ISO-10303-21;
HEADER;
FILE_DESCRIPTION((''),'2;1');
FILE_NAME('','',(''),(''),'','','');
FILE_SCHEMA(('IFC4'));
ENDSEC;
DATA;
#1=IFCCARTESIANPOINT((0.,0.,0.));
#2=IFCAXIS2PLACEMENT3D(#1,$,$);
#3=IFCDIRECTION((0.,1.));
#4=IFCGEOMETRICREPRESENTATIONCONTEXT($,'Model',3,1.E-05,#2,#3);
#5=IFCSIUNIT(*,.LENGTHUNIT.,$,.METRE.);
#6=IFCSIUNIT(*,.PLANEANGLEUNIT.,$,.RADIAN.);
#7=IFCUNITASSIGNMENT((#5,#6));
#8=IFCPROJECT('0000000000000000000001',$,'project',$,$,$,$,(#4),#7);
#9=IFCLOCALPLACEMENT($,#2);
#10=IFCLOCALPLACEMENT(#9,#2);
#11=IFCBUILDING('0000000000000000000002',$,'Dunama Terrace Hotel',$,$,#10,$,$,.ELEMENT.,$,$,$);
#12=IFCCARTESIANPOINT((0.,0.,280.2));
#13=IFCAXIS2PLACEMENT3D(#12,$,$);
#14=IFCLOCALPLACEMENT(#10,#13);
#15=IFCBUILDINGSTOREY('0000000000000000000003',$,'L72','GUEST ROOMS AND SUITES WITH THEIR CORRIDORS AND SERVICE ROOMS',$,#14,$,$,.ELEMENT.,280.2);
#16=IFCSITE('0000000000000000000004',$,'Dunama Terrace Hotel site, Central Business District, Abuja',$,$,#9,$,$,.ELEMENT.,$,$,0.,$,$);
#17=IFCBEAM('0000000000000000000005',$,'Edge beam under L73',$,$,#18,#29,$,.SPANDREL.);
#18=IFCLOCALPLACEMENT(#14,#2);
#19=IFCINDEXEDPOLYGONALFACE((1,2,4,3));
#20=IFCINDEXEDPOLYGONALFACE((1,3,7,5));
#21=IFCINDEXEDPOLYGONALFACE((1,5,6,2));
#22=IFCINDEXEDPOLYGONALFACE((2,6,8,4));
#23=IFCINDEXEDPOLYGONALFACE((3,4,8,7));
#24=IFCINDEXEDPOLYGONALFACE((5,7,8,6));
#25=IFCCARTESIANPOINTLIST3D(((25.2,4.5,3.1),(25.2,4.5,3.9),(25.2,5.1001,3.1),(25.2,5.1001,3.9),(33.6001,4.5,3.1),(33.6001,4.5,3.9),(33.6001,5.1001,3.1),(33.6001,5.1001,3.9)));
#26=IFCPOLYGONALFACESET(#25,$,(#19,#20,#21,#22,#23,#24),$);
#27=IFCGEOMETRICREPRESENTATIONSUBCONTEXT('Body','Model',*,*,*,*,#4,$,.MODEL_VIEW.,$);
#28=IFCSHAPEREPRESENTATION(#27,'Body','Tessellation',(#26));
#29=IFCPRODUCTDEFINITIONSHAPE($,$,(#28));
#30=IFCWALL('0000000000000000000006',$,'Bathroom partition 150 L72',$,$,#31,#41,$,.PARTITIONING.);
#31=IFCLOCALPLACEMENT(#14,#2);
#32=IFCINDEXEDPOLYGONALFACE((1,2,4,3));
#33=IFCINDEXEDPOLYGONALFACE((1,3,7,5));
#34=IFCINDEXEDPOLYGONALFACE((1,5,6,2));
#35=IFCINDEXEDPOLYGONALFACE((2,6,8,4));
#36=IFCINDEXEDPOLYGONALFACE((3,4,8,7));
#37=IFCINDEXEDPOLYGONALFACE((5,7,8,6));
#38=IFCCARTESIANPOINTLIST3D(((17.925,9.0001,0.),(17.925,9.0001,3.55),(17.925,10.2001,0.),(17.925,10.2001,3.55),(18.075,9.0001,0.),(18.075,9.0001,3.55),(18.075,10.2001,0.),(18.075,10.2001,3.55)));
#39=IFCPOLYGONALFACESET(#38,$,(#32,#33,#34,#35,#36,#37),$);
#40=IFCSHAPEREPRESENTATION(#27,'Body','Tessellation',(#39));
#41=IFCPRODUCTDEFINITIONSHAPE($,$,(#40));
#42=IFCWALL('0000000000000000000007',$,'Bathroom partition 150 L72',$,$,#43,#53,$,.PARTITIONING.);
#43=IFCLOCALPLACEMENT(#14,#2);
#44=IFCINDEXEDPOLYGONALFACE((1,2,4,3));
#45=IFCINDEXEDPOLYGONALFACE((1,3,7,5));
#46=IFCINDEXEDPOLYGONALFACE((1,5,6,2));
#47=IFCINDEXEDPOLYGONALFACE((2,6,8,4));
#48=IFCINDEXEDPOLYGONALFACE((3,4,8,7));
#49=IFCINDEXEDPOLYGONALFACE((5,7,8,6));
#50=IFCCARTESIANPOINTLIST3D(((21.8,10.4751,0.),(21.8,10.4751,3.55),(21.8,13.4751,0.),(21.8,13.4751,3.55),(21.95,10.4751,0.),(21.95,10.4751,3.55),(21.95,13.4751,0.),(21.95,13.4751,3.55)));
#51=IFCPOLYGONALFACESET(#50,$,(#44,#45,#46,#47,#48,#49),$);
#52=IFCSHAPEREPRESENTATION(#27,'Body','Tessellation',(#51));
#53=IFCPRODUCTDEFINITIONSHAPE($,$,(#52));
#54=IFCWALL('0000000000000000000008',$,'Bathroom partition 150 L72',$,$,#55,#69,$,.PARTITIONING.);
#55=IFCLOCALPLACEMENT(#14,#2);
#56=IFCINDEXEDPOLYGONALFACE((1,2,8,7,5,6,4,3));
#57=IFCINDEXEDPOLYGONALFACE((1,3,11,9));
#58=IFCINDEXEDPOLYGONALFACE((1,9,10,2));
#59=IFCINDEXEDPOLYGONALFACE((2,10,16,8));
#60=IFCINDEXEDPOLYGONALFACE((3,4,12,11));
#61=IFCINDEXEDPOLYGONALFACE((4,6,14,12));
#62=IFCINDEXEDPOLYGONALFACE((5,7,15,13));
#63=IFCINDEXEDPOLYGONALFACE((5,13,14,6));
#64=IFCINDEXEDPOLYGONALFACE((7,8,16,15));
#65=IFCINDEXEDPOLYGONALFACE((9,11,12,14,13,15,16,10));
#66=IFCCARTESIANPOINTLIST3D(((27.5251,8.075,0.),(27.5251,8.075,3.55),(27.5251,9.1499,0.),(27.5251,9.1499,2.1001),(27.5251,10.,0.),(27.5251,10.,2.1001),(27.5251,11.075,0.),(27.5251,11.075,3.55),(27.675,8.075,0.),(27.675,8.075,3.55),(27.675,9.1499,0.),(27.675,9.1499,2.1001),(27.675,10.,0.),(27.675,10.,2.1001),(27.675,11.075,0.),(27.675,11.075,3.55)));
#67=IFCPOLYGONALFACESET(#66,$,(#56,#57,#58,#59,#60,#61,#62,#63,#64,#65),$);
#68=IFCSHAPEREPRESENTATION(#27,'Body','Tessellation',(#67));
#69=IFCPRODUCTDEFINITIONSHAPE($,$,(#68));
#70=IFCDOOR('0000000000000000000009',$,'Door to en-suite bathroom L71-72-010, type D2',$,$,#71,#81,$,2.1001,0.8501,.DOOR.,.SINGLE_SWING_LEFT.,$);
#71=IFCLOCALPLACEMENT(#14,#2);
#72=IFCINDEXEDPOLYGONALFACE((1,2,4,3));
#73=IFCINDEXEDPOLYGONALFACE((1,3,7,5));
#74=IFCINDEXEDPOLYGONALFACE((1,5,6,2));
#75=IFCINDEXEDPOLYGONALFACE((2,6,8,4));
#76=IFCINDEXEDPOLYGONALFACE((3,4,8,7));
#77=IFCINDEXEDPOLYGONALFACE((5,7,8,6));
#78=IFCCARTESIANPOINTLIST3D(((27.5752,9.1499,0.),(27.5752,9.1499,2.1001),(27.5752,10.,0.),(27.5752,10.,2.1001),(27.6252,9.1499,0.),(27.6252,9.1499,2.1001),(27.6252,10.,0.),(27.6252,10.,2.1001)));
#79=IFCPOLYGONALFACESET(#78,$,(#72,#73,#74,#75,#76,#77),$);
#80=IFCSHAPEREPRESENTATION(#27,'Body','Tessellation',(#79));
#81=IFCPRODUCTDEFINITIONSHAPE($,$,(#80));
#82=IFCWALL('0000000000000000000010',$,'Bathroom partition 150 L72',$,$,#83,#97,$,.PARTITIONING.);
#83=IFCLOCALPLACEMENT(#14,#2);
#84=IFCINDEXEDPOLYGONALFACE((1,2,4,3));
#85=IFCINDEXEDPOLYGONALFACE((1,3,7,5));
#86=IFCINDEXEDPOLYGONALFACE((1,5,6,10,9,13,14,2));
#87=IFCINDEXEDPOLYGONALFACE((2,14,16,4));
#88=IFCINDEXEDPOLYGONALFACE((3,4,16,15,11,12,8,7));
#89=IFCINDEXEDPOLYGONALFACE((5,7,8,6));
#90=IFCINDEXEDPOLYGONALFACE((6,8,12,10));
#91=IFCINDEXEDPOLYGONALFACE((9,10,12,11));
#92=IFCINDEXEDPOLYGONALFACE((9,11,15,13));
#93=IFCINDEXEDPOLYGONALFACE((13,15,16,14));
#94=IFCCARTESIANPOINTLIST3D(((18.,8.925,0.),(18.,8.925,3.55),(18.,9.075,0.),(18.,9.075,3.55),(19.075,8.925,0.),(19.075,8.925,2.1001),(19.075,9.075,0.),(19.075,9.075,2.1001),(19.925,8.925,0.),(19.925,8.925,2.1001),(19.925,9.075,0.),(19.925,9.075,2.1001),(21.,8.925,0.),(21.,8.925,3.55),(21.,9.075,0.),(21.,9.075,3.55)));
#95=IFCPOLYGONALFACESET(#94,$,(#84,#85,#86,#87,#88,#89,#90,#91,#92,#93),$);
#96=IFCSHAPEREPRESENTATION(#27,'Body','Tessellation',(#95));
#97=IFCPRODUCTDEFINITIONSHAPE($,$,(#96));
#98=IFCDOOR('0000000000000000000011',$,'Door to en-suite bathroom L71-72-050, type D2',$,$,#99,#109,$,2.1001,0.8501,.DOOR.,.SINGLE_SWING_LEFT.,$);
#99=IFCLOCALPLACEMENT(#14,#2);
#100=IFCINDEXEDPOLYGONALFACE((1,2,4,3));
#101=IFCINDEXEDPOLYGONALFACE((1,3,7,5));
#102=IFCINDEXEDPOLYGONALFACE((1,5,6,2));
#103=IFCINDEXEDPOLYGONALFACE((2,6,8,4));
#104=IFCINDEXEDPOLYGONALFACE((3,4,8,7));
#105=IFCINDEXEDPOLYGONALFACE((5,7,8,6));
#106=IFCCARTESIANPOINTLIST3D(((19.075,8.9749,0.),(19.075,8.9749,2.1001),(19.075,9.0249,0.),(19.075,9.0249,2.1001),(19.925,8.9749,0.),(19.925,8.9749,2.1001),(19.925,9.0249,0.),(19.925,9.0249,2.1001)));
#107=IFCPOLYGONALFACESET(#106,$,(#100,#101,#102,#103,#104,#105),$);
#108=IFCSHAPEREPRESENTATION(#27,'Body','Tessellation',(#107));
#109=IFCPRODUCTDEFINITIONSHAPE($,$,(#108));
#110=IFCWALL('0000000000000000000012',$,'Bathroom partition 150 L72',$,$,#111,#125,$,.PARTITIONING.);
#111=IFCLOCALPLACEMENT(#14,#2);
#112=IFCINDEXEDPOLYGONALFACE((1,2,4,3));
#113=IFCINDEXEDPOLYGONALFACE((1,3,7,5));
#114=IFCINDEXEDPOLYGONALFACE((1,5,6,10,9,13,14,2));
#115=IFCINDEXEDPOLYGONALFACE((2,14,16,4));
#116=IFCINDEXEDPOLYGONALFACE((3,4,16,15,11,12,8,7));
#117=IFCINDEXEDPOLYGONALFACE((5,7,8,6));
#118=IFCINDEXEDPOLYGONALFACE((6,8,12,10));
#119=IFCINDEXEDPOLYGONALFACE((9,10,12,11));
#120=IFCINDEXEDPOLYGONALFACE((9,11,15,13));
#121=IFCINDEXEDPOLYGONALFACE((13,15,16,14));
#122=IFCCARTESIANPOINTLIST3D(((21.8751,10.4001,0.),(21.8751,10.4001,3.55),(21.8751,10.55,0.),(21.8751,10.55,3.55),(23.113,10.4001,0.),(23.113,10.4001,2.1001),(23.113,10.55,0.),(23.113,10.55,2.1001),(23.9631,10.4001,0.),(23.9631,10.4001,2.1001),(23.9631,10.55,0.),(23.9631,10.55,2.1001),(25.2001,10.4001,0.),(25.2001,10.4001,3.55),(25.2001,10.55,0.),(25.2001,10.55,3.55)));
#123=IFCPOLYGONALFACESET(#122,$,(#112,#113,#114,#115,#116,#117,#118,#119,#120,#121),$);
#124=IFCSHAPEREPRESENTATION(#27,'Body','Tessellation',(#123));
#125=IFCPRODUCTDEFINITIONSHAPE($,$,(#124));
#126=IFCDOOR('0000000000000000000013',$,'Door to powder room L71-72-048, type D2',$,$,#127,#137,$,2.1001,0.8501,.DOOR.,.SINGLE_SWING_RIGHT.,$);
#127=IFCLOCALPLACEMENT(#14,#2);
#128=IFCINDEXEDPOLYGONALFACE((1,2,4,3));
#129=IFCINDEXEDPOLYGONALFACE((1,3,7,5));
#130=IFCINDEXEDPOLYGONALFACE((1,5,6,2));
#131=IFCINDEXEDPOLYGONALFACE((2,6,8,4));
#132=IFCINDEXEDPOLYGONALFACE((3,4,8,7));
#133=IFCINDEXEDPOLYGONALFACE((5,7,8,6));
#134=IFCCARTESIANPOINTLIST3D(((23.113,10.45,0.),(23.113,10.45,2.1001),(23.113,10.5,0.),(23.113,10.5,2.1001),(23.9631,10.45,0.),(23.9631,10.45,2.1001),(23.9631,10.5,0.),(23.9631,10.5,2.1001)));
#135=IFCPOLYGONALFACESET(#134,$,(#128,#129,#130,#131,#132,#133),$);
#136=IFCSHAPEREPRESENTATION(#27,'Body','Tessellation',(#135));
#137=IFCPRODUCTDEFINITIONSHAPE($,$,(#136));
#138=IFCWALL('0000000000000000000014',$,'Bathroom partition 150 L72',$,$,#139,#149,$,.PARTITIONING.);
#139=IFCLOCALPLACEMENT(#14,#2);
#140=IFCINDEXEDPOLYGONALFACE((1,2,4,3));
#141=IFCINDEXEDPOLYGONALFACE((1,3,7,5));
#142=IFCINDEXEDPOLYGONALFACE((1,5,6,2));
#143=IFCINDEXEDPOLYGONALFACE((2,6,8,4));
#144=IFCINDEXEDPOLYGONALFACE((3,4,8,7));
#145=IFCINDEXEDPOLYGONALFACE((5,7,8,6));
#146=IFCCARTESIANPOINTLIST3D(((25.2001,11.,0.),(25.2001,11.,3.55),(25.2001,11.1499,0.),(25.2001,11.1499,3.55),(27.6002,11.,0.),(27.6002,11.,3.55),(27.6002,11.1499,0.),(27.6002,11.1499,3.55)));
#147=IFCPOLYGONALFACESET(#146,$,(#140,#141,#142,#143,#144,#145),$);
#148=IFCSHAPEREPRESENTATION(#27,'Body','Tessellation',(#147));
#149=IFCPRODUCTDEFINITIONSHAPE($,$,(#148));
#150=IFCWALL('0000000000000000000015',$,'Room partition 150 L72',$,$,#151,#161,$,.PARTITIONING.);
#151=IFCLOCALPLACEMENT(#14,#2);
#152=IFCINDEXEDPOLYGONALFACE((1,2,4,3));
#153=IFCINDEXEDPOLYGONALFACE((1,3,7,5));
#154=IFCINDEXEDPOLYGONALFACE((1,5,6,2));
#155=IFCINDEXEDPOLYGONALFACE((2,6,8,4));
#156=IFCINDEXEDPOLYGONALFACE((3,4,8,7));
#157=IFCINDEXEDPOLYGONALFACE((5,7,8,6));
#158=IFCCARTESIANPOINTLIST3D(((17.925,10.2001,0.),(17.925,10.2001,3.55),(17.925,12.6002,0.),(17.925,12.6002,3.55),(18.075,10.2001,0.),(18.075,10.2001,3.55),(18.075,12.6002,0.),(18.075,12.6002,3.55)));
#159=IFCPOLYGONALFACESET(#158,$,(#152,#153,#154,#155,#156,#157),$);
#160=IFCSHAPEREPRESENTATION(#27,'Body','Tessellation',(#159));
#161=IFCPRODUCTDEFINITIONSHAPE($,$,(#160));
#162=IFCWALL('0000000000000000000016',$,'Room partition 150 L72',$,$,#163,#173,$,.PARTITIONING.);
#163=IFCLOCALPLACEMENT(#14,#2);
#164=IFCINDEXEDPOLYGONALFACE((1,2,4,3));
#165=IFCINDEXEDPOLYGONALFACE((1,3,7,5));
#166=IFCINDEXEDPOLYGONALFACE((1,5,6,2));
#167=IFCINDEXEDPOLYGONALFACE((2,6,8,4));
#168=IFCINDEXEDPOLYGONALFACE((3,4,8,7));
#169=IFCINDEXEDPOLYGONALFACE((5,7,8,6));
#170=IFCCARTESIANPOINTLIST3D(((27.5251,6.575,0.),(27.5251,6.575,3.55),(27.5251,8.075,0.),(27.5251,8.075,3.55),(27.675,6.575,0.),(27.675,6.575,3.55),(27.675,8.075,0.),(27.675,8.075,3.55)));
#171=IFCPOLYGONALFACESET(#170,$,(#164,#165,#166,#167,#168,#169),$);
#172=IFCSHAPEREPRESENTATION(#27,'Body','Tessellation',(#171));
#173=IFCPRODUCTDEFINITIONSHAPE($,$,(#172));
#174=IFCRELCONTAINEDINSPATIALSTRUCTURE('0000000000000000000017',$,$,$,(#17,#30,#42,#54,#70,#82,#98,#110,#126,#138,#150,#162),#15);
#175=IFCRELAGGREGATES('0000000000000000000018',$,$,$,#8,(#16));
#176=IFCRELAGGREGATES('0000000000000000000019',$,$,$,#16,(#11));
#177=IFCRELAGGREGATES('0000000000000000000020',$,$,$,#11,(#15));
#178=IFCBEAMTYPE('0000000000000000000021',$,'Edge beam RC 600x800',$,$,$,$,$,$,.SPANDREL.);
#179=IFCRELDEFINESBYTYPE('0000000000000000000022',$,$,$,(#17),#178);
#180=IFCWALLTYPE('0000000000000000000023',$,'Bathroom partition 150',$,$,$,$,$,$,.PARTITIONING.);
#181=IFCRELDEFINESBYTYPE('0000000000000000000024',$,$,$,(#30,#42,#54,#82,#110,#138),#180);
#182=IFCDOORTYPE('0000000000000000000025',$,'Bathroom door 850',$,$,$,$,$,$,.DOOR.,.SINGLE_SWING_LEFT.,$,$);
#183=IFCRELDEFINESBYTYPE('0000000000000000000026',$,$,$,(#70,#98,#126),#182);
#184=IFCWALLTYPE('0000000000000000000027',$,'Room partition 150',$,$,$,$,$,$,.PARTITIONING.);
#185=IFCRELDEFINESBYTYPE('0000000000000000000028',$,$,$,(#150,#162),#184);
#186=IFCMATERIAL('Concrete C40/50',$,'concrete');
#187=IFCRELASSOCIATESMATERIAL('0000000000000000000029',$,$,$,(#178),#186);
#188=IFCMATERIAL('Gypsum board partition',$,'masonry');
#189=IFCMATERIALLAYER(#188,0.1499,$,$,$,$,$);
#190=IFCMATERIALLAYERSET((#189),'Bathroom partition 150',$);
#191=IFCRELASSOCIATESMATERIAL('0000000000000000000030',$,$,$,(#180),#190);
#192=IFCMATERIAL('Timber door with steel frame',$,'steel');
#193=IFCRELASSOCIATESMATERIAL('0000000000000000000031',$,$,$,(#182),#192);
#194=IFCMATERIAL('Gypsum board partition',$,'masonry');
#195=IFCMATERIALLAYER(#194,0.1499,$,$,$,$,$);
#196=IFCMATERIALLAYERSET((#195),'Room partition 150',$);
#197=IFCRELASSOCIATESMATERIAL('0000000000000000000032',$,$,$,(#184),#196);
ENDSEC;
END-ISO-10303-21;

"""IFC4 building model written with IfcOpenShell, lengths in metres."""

from ifc_helpers import new_model, si_unit, direction, frame, frame_2d, origin, origin_2d, place, context, subcontext, project, spatial, rectangle, extrude, material, layer, layer_set, material_profile, profile_set, type_object, element, fill, save


model = new_model("IFC4")

# Units and contexts
model_context = context("Model", 3, precision=1e-05, world=origin(), true_north=direction((0.0, 1.0)))
body_context = subcontext(model_context, "Body", "Model", "MODEL_VIEW")
ifc_project = project(units=[si_unit("LENGTHUNIT", "METRE"), si_unit("PLANEANGLEUNIT", "RADIAN")], contexts=[model_context])

# Site, building, storey
site_placement = place(None, origin())
site = spatial("IfcSite", under=ifc_project, at=site_placement, Name="Dunama Terrace Hotel site, Central Business District, Abuja", CompositionType="ELEMENT", RefElevation=0.0)
building_placement = place(site_placement, origin())
building = spatial("IfcBuilding", under=site, at=building_placement, Name="Dunama Terrace Hotel", CompositionType="ELEMENT")
storey_placement = place(building_placement, frame((0.0, 0.0, 280.2)))
storey = spatial("IfcBuildingStorey", under=building, at=storey_placement, Name="L72", Description="GUEST ROOMS AND SUITES WITH THEIR CORRIDORS AND SERVICE ROOMS", CompositionType="ELEMENT", Elevation=280.2)

# Beam
ifc_material_1 = material(Name="Concrete C40/50", Category="concrete")
ifc_material_profile = material_profile(ifc_material_1, rectangle(XDim=0.6001, YDim=0.8, at=origin_2d()), Name="RC 600x800")
ifc_profile_set = profile_set([ifc_material_profile], Name="Concrete C40/50")
beam_type = type_object("IfcBeamType", Name="Edge beam RC 600x800", PredefinedType="SPANDREL", material=ifc_profile_set)
beam_placement = place(storey_placement, frame((25.2, 4.8, 3.5), z_axis=(1.0, 0.0, 0.0), x_axis=(0.0, 1.0, 0.0)))
element("IfcBeam", 1, at=beam_placement, inside=storey, type_object=beam_type, Name="Edge beam under L73", PredefinedType="SPANDREL", context=body_context, shape_type="SweptSolid", body=[
    extrude(rectangle(XDim=0.6001, YDim=0.8, at=origin_2d()), origin(), (0.0, 0.0, 1.0), 8.4001),
])

# Walls
ifc_material_2 = material(Name="Gypsum board partition", Category="masonry")
ifc_layer_1 = layer(ifc_material_2, 0.1499)
ifc_layer_set_1 = layer_set([ifc_layer_1], Name="Bathroom partition 150")
wall_type_1 = type_object("IfcWallType", Name="Bathroom partition 150", PredefinedType="PARTITIONING", material=ifc_layer_set_1)
wall_1_placement = place(storey_placement, frame((18.0, 9.0, 0.0), z_axis=(0.0, 0.0, 1.0), x_axis=(0.0, 1.0, 0.0)))
element("IfcWall", 2, at=wall_1_placement, inside=storey, type_object=wall_type_1, Name="Bathroom partition 150 L72", PredefinedType="PARTITIONING", context=body_context, shape_type="SweptSolid", body=[
    extrude(rectangle(XDim=1.2, YDim=0.1499, at=frame_2d((0.6001, 0.0))), origin(), (0.0, 0.0, 1.0), 3.55),
])
wall_2_placement = place(storey_placement, frame((21.875, 10.4751, 0.0), z_axis=(0.0, 0.0, 1.0), x_axis=(0.0, 1.0, 0.0)))
element("IfcWall", 3, at=wall_2_placement, inside=storey, type_object=wall_type_1, Name="Bathroom partition 150 L72", PredefinedType="PARTITIONING", context=body_context, shape_type="SweptSolid", body=[
    extrude(rectangle(XDim=3.0, YDim=0.1499, at=frame_2d((1.5, 0.0))), origin(), (0.0, 0.0, 1.0), 3.55),
])

# Walls, openings, doors
wall_3_placement = place(storey_placement, frame((27.6001, 8.075, 0.0), z_axis=(0.0, 0.0, 1.0), x_axis=(0.0, 1.0, 0.0)))
wall_3 = element("IfcWall", 4, at=wall_3_placement, inside=storey, type_object=wall_type_1, Name="Bathroom partition 150 L72", PredefinedType="PARTITIONING", context=body_context, shape_type="SweptSolid", body=[
    extrude(rectangle(XDim=3.0, YDim=0.1499, at=frame_2d((1.5, 0.0))), origin(), (0.0, 0.0, 1.0), 3.55),
])
opening_1_placement = place(wall_3_placement, frame((1.075, 0.0, 0.0)))
opening_1 = element("IfcOpeningElement", 5, at=opening_1_placement, cuts=wall_3, PredefinedType="OPENING", context=body_context, shape_type="SweptSolid", body=[
    extrude(rectangle(XDim=0.8501, YDim=2.1001, at=frame_2d((0.425, 1.05))), frame((0.0, 0.085, 0.0), z_axis=(0.0, -1.0, 0.0), x_axis=(1.0, 0.0, 0.0)), (0.0, 0.0, 1.0), 0.1699),
])
ifc_material_3 = material(Name="Timber door with steel frame", Category="steel")
door_type_1 = type_object("IfcDoorType", Name="Bathroom door 850", OperationType="SINGLE_SWING_LEFT", PredefinedType="DOOR", material=ifc_material_3)
door_1_placement = place(opening_1_placement, origin())
door_1 = element("IfcDoor", 6, at=door_1_placement, inside=storey, type_object=door_type_1, Name="Door to en-suite bathroom L71-72-010, type D2", OperationType="SINGLE_SWING_LEFT", OverallHeight=2.1001, OverallWidth=0.8501, PredefinedType="DOOR", context=body_context, shape_type="SweptSolid", body=[
    extrude(rectangle(XDim=0.8501, YDim=2.1001, at=frame_2d((0.425, 1.05))), frame((0.0, 0.0249, 0.0), z_axis=(0.0, -1.0, 0.0), x_axis=(1.0, 0.0, 0.0)), (0.0, 0.0, 1.0), 0.05),
])
fill(opening_1, door_1)
wall_4_placement = place(storey_placement, frame((18.0, 9.0, 0.0), z_axis=(0.0, 0.0, 1.0), x_axis=(1.0, 0.0, 0.0)))
wall_4 = element("IfcWall", 7, at=wall_4_placement, inside=storey, type_object=wall_type_1, Name="Bathroom partition 150 L72", PredefinedType="PARTITIONING", context=body_context, shape_type="SweptSolid", body=[
    extrude(rectangle(XDim=3.0, YDim=0.1499, at=frame_2d((1.5, 0.0))), origin(), (0.0, 0.0, 1.0), 3.55),
])
opening_2_placement = place(wall_4_placement, frame((1.075, 0.0, 0.0)))
opening_2 = element("IfcOpeningElement", 8, at=opening_2_placement, cuts=wall_4, PredefinedType="OPENING", context=body_context, shape_type="SweptSolid", body=[
    extrude(rectangle(XDim=0.8501, YDim=2.1001, at=frame_2d((0.425, 1.05))), frame((0.0, 0.085, 0.0), z_axis=(0.0, -1.0, 0.0), x_axis=(1.0, 0.0, 0.0)), (0.0, 0.0, 1.0), 0.1699),
])
door_2_placement = place(opening_2_placement, origin())
door_2 = element("IfcDoor", 9, at=door_2_placement, inside=storey, type_object=door_type_1, Name="Door to en-suite bathroom L71-72-050, type D2", OperationType="SINGLE_SWING_LEFT", OverallHeight=2.1001, OverallWidth=0.8501, PredefinedType="DOOR", context=body_context, shape_type="SweptSolid", body=[
    extrude(rectangle(XDim=0.8501, YDim=2.1001, at=frame_2d((0.425, 1.05))), frame((0.0, 0.0249, 0.0), z_axis=(0.0, -1.0, 0.0), x_axis=(1.0, 0.0, 0.0)), (0.0, 0.0, 1.0), 0.05),
])
fill(opening_2, door_2)
wall_5_placement = place(storey_placement, frame((21.875, 10.4751, 0.0), z_axis=(0.0, 0.0, 1.0), x_axis=(1.0, 0.0, 0.0)))
wall_5 = element("IfcWall", 10, at=wall_5_placement, inside=storey, type_object=wall_type_1, Name="Bathroom partition 150 L72", PredefinedType="PARTITIONING", context=body_context, shape_type="SweptSolid", body=[
    extrude(rectangle(XDim=3.325, YDim=0.1499, at=frame_2d((1.6626, 0.0))), origin(), (0.0, 0.0, 1.0), 3.55),
])
opening_3_placement = place(wall_5_placement, frame((1.238, 0.0, 0.0)))
opening_3 = element("IfcOpeningElement", 11, at=opening_3_placement, cuts=wall_5, PredefinedType="OPENING", context=body_context, shape_type="SweptSolid", body=[
    extrude(rectangle(XDim=0.8501, YDim=2.1001, at=frame_2d((0.425, 1.05))), frame((0.0, 0.085, 0.0), z_axis=(0.0, -1.0, 0.0), x_axis=(1.0, 0.0, 0.0)), (0.0, 0.0, 1.0), 0.1699),
])
door_3_placement = place(opening_3_placement, origin())
door_3 = element("IfcDoor", 12, at=door_3_placement, inside=storey, type_object=door_type_1, Name="Door to powder room L71-72-048, type D2", OperationType="SINGLE_SWING_RIGHT", OverallHeight=2.1001, OverallWidth=0.8501, PredefinedType="DOOR", context=body_context, shape_type="SweptSolid", body=[
    extrude(rectangle(XDim=0.8501, YDim=2.1001, at=frame_2d((0.425, 1.05))), frame((0.0, 0.0249, 0.0), z_axis=(0.0, -1.0, 0.0), x_axis=(1.0, 0.0, 0.0)), (0.0, 0.0, 1.0), 0.05),
])
fill(opening_3, door_3)

# Walls
wall_6_placement = place(storey_placement, frame((25.2, 11.075, 0.0), z_axis=(0.0, 0.0, 1.0), x_axis=(1.0, 0.0, 0.0)))
element("IfcWall", 13, at=wall_6_placement, inside=storey, type_object=wall_type_1, Name="Bathroom partition 150 L72", PredefinedType="PARTITIONING", context=body_context, shape_type="SweptSolid", body=[
    extrude(rectangle(XDim=2.4001, YDim=0.1499, at=frame_2d((1.2002, 0.0))), origin(), (0.0, 0.0, 1.0), 3.55),
])
ifc_material_4 = material(Name="Gypsum board partition", Category="masonry")
ifc_layer_2 = layer(ifc_material_4, 0.1499)
ifc_layer_set_2 = layer_set([ifc_layer_2], Name="Room partition 150")
wall_type_2 = type_object("IfcWallType", Name="Room partition 150", PredefinedType="PARTITIONING", material=ifc_layer_set_2)
wall_7_placement = place(storey_placement, frame((18.0, 10.2, 0.0), z_axis=(0.0, 0.0, 1.0), x_axis=(0.0, 1.0, 0.0)))
element("IfcWall", 14, at=wall_7_placement, inside=storey, type_object=wall_type_2, Name="Room partition 150 L72", PredefinedType="PARTITIONING", context=body_context, shape_type="SweptSolid", body=[
    extrude(rectangle(XDim=2.4001, YDim=0.1499, at=frame_2d((1.2002, 0.0))), origin(), (0.0, 0.0, 1.0), 3.55),
])
wall_8_placement = place(storey_placement, frame((27.6001, 6.575, 0.0), z_axis=(0.0, 0.0, 1.0), x_axis=(0.0, 1.0, 0.0)))
element("IfcWall", 15, at=wall_8_placement, inside=storey, type_object=wall_type_2, Name="Room partition 150 L72", PredefinedType="PARTITIONING", context=body_context, shape_type="SweptSolid", body=[
    extrude(rectangle(XDim=1.5, YDim=0.1499, at=frame_2d((0.75, 0.0))), origin(), (0.0, 0.0, 1.0), 3.55),
])

save(model, "model.ifc")
